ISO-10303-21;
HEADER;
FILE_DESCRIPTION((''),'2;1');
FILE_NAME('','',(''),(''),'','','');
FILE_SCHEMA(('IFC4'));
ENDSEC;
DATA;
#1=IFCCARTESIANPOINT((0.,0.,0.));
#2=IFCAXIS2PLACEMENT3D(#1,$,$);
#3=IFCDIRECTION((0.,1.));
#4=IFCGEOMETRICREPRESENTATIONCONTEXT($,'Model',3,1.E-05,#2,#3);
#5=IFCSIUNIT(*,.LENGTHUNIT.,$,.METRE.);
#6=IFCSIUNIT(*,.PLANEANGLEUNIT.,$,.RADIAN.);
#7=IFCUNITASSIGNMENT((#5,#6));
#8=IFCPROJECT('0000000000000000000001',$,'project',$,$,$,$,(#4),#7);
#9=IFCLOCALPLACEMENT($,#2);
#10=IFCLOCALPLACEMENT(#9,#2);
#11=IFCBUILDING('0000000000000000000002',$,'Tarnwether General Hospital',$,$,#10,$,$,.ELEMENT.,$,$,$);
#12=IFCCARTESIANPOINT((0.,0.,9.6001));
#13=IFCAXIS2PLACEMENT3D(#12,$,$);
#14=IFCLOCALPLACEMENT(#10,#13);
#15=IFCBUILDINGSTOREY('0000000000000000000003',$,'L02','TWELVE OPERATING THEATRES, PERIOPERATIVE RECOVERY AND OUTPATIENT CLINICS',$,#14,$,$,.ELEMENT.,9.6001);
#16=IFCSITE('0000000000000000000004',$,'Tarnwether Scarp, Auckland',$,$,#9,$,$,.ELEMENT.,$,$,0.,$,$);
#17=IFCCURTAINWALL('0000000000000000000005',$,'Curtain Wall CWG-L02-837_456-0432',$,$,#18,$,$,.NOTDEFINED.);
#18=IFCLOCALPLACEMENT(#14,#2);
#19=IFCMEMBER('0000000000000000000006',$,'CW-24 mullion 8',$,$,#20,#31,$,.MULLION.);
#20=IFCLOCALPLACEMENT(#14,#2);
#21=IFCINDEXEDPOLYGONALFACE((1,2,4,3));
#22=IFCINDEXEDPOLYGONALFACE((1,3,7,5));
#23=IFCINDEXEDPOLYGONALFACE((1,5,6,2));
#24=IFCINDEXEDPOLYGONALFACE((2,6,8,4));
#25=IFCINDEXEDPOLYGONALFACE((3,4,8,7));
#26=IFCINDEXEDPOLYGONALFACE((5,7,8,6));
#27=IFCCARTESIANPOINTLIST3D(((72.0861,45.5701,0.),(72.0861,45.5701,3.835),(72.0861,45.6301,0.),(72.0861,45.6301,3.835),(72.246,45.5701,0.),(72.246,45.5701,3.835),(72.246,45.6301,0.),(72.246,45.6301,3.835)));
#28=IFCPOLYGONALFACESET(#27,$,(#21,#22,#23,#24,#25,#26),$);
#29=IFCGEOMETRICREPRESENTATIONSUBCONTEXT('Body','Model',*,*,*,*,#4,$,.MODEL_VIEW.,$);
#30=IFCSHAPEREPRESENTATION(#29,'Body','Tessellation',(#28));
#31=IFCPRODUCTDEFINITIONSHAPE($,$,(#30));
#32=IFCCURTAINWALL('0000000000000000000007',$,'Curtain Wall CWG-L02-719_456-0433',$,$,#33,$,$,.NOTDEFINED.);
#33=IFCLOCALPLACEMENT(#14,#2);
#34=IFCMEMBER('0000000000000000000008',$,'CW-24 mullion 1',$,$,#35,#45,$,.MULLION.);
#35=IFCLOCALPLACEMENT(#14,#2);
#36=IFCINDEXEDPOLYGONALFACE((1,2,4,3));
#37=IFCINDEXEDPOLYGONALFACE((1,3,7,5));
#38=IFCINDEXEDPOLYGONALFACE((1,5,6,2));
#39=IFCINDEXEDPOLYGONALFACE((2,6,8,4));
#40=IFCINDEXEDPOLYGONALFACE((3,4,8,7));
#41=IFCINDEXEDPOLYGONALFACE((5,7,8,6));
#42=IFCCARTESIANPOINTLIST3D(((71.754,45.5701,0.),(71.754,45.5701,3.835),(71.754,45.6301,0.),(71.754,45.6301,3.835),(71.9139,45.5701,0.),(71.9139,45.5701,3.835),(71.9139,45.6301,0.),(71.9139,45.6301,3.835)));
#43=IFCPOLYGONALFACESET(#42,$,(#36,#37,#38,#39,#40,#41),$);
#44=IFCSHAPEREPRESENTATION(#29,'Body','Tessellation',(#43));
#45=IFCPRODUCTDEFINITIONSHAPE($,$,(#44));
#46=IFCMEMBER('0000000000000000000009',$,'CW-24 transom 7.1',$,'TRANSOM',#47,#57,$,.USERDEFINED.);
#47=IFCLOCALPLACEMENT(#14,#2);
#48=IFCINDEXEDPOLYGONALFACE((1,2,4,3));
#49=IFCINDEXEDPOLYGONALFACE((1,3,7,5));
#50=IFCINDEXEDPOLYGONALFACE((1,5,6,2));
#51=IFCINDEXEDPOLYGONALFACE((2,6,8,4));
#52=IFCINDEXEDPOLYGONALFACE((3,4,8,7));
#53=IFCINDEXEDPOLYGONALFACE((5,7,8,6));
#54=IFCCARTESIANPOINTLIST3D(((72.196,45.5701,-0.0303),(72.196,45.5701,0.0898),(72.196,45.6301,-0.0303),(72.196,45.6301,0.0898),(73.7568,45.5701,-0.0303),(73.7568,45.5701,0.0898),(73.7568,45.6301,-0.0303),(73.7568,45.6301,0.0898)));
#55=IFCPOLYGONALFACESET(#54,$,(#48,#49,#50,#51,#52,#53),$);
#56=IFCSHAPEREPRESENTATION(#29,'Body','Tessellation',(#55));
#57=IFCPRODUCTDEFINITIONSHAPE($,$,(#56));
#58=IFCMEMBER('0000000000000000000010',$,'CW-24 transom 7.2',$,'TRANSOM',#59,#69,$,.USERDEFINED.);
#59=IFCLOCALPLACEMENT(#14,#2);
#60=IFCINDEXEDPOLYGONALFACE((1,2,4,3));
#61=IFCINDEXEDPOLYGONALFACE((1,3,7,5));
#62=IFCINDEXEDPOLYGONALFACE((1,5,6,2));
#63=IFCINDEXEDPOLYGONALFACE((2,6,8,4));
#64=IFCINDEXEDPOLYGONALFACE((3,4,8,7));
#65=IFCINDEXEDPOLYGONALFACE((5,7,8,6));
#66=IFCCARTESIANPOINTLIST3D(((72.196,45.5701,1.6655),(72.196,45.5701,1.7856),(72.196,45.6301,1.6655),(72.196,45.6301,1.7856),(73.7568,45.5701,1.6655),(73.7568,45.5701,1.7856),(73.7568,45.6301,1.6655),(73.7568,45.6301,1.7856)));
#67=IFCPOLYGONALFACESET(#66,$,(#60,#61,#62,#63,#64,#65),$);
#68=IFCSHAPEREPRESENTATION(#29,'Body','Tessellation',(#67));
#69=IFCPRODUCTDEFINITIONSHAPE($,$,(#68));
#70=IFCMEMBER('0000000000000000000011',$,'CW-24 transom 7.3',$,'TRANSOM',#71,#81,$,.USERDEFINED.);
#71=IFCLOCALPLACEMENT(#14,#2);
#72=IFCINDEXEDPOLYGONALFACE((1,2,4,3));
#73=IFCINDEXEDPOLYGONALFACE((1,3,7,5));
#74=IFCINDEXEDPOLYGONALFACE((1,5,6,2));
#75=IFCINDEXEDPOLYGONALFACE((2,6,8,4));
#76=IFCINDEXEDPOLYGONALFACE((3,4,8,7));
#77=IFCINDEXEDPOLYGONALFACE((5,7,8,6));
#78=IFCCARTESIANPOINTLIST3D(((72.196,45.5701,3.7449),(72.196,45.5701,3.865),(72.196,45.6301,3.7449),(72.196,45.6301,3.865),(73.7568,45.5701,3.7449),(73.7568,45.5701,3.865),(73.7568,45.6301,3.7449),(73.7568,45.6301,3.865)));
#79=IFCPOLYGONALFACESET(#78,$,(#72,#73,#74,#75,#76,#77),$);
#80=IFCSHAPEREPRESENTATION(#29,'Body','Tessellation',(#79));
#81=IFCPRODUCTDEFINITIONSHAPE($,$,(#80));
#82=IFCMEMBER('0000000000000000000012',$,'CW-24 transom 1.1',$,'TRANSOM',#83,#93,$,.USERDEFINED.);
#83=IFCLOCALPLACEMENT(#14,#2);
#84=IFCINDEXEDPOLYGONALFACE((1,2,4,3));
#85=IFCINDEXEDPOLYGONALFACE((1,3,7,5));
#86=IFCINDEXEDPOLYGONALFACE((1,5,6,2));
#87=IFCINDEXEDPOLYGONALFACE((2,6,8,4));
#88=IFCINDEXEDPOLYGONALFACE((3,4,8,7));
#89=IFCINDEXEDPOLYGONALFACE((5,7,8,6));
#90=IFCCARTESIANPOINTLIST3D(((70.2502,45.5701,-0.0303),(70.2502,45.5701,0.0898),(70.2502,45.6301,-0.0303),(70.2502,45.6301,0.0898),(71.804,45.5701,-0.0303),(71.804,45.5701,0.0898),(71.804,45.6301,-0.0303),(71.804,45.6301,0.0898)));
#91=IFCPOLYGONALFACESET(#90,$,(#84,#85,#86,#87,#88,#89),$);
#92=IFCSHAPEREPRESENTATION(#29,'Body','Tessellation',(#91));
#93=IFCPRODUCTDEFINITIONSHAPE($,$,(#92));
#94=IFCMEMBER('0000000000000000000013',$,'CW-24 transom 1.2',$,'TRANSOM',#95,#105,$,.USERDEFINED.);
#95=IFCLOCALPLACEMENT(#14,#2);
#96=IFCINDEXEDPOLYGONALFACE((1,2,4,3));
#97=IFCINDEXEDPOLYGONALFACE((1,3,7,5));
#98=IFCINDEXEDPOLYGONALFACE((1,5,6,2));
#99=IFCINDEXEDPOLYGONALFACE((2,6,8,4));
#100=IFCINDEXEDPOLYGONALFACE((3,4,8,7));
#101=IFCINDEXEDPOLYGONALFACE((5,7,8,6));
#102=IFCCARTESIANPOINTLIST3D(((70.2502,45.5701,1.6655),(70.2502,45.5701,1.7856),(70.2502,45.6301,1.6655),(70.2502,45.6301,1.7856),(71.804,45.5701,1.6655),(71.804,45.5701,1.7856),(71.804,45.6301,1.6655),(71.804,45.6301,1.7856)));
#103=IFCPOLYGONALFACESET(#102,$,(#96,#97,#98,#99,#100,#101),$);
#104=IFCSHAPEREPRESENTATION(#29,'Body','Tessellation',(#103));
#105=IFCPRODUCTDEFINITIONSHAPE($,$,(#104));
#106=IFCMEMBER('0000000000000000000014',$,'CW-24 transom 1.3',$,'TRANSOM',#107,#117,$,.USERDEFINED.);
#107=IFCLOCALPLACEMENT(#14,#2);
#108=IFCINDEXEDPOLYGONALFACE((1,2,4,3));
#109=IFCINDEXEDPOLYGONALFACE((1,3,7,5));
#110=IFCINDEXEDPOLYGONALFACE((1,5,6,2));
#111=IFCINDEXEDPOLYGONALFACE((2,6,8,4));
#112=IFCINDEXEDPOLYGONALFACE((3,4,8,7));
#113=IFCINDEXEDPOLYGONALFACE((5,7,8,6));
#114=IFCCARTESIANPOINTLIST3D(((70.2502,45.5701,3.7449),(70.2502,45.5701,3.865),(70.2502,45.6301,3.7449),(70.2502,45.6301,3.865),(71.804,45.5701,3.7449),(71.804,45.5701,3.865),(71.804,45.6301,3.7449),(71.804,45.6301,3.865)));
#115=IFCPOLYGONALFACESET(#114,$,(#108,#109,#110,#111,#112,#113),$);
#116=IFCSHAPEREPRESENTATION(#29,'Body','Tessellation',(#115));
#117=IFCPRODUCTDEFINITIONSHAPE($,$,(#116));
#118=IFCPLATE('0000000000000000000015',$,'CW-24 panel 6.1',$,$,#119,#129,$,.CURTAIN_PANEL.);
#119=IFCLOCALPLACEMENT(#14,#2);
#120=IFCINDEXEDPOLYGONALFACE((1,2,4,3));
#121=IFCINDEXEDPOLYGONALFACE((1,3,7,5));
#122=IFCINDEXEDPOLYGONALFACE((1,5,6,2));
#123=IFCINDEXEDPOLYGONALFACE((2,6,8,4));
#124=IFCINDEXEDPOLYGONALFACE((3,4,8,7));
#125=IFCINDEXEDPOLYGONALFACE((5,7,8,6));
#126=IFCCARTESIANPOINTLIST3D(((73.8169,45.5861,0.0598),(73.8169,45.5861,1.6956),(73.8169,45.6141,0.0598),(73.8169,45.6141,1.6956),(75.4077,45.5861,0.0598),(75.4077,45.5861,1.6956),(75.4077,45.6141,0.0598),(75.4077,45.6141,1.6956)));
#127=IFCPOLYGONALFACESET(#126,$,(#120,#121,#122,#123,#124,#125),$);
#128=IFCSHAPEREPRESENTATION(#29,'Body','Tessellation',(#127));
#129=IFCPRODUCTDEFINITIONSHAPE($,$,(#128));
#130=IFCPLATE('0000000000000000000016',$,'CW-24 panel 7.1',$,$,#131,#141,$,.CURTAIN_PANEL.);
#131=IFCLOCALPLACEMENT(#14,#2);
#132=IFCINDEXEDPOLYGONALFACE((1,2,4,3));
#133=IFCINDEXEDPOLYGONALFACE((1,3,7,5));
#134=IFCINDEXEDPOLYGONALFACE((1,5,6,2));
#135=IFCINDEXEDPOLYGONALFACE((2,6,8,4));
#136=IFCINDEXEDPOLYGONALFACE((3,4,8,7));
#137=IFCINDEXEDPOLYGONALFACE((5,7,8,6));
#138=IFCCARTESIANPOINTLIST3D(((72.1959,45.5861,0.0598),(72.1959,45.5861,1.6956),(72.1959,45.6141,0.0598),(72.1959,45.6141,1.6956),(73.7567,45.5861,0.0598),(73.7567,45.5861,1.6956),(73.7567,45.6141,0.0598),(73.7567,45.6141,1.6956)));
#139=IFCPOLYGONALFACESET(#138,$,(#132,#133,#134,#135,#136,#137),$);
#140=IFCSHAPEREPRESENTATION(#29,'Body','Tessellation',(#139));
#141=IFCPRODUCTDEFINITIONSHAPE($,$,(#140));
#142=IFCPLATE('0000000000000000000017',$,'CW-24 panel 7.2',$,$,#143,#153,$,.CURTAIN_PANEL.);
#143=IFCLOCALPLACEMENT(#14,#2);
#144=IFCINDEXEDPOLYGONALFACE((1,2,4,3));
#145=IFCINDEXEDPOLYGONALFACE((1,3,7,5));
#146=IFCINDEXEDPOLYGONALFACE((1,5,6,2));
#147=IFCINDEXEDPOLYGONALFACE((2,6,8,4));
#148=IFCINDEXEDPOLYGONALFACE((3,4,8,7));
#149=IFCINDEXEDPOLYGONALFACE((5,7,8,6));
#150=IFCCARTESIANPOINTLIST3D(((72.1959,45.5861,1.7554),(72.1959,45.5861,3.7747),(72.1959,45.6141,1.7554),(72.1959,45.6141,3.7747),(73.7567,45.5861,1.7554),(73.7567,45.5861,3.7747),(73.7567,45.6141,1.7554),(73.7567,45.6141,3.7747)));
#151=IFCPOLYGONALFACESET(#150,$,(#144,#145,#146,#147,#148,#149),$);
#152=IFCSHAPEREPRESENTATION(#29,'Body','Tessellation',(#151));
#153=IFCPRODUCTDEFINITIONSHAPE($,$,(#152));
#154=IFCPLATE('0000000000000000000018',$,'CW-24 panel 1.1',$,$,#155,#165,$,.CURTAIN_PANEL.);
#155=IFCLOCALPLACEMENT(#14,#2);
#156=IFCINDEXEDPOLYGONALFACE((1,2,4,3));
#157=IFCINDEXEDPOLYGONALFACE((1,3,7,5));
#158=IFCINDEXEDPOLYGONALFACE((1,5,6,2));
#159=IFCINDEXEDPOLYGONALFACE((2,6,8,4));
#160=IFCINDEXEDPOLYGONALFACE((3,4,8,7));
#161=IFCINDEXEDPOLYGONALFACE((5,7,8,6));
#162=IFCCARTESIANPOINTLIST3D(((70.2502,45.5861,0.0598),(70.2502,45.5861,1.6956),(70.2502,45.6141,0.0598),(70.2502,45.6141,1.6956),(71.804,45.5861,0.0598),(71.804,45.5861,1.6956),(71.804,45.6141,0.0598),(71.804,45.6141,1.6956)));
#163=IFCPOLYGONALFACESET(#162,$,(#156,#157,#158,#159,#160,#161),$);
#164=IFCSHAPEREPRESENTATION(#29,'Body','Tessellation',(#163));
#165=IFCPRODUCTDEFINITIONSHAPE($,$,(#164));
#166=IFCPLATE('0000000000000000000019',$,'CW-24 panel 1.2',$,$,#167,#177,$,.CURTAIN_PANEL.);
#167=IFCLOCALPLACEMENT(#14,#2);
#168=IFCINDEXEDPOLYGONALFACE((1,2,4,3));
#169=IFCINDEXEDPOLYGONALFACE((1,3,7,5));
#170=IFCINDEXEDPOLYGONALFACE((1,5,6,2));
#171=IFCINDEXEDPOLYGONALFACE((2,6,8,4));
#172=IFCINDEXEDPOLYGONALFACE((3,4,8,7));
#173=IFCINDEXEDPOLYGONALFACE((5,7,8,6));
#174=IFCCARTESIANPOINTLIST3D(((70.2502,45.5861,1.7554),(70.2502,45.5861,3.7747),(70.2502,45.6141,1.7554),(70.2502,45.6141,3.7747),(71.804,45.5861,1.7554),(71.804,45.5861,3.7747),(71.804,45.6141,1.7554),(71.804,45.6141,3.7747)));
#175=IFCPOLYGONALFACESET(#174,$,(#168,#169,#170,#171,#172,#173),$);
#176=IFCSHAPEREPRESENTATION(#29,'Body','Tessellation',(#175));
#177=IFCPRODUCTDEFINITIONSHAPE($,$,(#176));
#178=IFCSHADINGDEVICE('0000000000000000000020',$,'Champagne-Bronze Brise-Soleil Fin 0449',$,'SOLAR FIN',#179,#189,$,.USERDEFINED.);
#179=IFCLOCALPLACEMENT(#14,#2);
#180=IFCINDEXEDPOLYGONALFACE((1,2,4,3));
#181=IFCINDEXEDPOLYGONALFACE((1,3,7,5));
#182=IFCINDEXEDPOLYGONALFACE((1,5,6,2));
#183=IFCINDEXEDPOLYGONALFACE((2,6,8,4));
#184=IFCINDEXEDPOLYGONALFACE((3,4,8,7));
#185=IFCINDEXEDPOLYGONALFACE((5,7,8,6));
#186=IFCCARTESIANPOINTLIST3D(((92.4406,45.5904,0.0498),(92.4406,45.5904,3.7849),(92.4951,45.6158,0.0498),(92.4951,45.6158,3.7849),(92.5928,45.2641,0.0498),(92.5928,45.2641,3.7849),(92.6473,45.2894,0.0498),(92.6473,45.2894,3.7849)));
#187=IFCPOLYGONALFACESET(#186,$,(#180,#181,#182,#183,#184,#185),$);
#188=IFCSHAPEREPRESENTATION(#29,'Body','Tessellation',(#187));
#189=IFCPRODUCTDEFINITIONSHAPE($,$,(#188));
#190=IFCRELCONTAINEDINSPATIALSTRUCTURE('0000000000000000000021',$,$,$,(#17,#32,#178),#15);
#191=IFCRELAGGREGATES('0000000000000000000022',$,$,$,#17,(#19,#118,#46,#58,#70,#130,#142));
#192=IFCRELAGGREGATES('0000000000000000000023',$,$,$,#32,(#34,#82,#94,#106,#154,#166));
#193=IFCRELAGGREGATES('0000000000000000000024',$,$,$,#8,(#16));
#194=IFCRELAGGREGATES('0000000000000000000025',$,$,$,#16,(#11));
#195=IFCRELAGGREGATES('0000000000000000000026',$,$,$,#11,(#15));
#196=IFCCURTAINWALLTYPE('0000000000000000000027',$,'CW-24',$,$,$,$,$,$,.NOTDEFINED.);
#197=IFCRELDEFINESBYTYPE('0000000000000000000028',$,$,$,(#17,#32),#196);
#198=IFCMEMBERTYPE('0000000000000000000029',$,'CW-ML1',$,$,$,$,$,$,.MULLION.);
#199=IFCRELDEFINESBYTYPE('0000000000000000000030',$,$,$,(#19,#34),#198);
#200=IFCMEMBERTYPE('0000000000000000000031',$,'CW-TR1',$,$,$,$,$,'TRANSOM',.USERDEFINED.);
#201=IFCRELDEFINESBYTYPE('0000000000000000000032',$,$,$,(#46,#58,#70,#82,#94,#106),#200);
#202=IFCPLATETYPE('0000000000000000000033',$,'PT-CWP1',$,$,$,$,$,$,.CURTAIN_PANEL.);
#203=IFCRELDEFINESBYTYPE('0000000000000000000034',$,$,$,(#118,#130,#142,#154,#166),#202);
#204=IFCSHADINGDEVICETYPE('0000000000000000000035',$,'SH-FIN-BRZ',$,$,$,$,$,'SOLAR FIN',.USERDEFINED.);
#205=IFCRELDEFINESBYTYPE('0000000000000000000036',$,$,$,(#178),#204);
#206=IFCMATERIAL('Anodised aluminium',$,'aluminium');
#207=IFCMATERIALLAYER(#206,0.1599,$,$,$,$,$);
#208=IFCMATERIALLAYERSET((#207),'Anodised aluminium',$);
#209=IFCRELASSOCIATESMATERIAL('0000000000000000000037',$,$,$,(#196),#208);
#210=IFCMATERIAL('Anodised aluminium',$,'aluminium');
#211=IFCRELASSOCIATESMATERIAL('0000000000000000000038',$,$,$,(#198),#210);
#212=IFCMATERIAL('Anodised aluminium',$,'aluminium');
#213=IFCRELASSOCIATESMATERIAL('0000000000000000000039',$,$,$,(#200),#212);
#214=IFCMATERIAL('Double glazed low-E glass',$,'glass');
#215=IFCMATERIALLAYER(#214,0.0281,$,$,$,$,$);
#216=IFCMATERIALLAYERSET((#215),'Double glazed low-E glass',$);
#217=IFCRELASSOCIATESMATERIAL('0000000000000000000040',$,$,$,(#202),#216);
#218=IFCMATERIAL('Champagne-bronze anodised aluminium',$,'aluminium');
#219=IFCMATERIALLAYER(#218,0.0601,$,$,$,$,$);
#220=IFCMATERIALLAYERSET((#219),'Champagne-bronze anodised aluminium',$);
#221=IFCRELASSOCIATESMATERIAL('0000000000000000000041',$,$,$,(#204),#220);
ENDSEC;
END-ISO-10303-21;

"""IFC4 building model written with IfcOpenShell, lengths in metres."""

from ifc_helpers import new_model, si_unit, direction, frame, origin, origin_2d, place, context, subcontext, project, spatial, rectangle, extrude, material, layer, layer_set, material_profile, profile_set, type_object, element, aggregate, save


model = new_model("IFC4")

# Units and contexts
model_context = context("Model", 3, precision=1e-05, world=origin(), true_north=direction((0.0, 1.0)))
body_context = subcontext(model_context, "Body", "Model", "MODEL_VIEW")
ifc_project = project(units=[si_unit("LENGTHUNIT", "METRE"), si_unit("PLANEANGLEUNIT", "RADIAN")], contexts=[model_context])

# Site, building, storey
site_placement = place(None, origin())
site = spatial("IfcSite", under=ifc_project, at=site_placement, Name="Tarnwether Scarp, Auckland", CompositionType="ELEMENT", RefElevation=0.0)
building_placement = place(site_placement, origin())
building = spatial("IfcBuilding", under=site, at=building_placement, Name="Tarnwether General Hospital", CompositionType="ELEMENT")
storey_placement = place(building_placement, frame((0.0, 0.0, 9.6001)))
storey = spatial("IfcBuildingStorey", under=building, at=storey_placement, Name="L02", Description="TWELVE OPERATING THEATRES, PERIOPERATIVE RECOVERY AND OUTPATIENT CLINICS", CompositionType="ELEMENT", Elevation=9.6001)

# Curtain wall, member
ifc_material_1 = material(Name="Anodised aluminium", Category="aluminium")
ifc_layer_1 = layer(ifc_material_1, 0.1599)
ifc_layer_set_1 = layer_set([ifc_layer_1], Name="Anodised aluminium")
curtain_wall_type = type_object("IfcCurtainWallType", Name="CW-24", PredefinedType="NOTDEFINED", material=ifc_layer_set_1)
curtain_wall_1_placement = place(storey_placement, origin())
curtain_wall_1 = element("IfcCurtainWall", 1, at=curtain_wall_1_placement, inside=storey, type_object=curtain_wall_type, Name="Curtain Wall CWG-L02-837_456-0432", PredefinedType="NOTDEFINED")
ifc_material_2 = material(Name="Anodised aluminium", Category="aluminium")
ifc_material_profile_1 = material_profile(ifc_material_2, rectangle(XDim=0.0601, YDim=0.1599, at=origin_2d()), Name="ALU-MUL-60x160")
ifc_profile_set_1 = profile_set([ifc_material_profile_1], Name="Anodised aluminium")
member_type_1 = type_object("IfcMemberType", Name="CW-ML1", PredefinedType="MULLION", material=ifc_profile_set_1)
member_1_placement = place(storey_placement, frame((72.166, 45.6001, 0.0), z_axis=(0.0, 0.0, 1.0), x_axis=(0.0, -1.0, 0.0)))
member_1 = element("IfcMember", 2, at=member_1_placement, type_object=member_type_1, Name="CW-24 mullion 8", PredefinedType="MULLION", context=body_context, shape_type="SweptSolid", body=[
    extrude(rectangle(XDim=0.0601, YDim=0.1599, at=origin_2d()), origin(), (0.0, 0.0, 1.0), 3.835),
])

# Curtain wall, member
curtain_wall_2_placement = place(storey_placement, origin())
curtain_wall_2 = element("IfcCurtainWall", 3, at=curtain_wall_2_placement, inside=storey, type_object=curtain_wall_type, Name="Curtain Wall CWG-L02-719_456-0433", PredefinedType="NOTDEFINED")
member_2_placement = place(storey_placement, frame((71.834, 45.6001, 0.0), z_axis=(0.0, 0.0, 1.0), x_axis=(0.0, -1.0, 0.0)))
member_2 = element("IfcMember", 4, at=member_2_placement, type_object=member_type_1, Name="CW-24 mullion 1", PredefinedType="MULLION", context=body_context, shape_type="SweptSolid", body=[
    extrude(rectangle(XDim=0.0601, YDim=0.1599, at=origin_2d()), origin(), (0.0, 0.0, 1.0), 3.835),
])

# Members
ifc_material_3 = material(Name="Anodised aluminium", Category="aluminium")
ifc_material_profile_2 = material_profile(ifc_material_3, rectangle(XDim=0.0601, YDim=0.1201, at=origin_2d()), Name="ALU-TRN-60x120")
ifc_profile_set_2 = profile_set([ifc_material_profile_2], Name="Anodised aluminium")
member_type_2 = type_object("IfcMemberType", Name="CW-TR1", ElementType="TRANSOM", PredefinedType="USERDEFINED", material=ifc_profile_set_2)
member_3_placement = place(storey_placement, frame((73.7568, 45.6001, 0.0298), z_axis=(-1.0, 0.0, 0.0), x_axis=(0.0, -1.0, 0.0)))
member_3 = element("IfcMember", 5, at=member_3_placement, type_object=member_type_2, Name="CW-24 transom 7.1", ObjectType="TRANSOM", PredefinedType="USERDEFINED", context=body_context, shape_type="SweptSolid", body=[
    extrude(rectangle(XDim=0.0601, YDim=0.1201, at=origin_2d()), origin(), (0.0, 0.0, 1.0), 1.5608),
])
member_4_placement = place(storey_placement, frame((73.7568, 45.6001, 1.7256), z_axis=(-1.0, 0.0, 0.0), x_axis=(0.0, -1.0, 0.0)))
member_4 = element("IfcMember", 6, at=member_4_placement, type_object=member_type_2, Name="CW-24 transom 7.2", ObjectType="TRANSOM", PredefinedType="USERDEFINED", context=body_context, shape_type="SweptSolid", body=[
    extrude(rectangle(XDim=0.0601, YDim=0.1201, at=origin_2d()), origin(), (0.0, 0.0, 1.0), 1.5608),
])
member_5_placement = place(storey_placement, frame((73.7568, 45.6001, 3.8049), z_axis=(-1.0, 0.0, 0.0), x_axis=(0.0, -1.0, 0.0)))
member_5 = element("IfcMember", 7, at=member_5_placement, type_object=member_type_2, Name="CW-24 transom 7.3", ObjectType="TRANSOM", PredefinedType="USERDEFINED", context=body_context, shape_type="SweptSolid", body=[
    extrude(rectangle(XDim=0.0601, YDim=0.1201, at=origin_2d()), origin(), (0.0, 0.0, 1.0), 1.5608),
])
member_6_placement = place(storey_placement, frame((71.804, 45.6001, 0.0298), z_axis=(-1.0, 0.0, 0.0), x_axis=(0.0, -1.0, 0.0)))
member_6 = element("IfcMember", 8, at=member_6_placement, type_object=member_type_2, Name="CW-24 transom 1.1", ObjectType="TRANSOM", PredefinedType="USERDEFINED", context=body_context, shape_type="SweptSolid", body=[
    extrude(rectangle(XDim=0.0601, YDim=0.1201, at=origin_2d()), origin(), (0.0, 0.0, 1.0), 1.5537),
])
member_7_placement = place(storey_placement, frame((71.804, 45.6001, 1.7256), z_axis=(-1.0, 0.0, 0.0), x_axis=(0.0, -1.0, 0.0)))
member_7 = element("IfcMember", 9, at=member_7_placement, type_object=member_type_2, Name="CW-24 transom 1.2", ObjectType="TRANSOM", PredefinedType="USERDEFINED", context=body_context, shape_type="SweptSolid", body=[
    extrude(rectangle(XDim=0.0601, YDim=0.1201, at=origin_2d()), origin(), (0.0, 0.0, 1.0), 1.5537),
])
member_8_placement = place(storey_placement, frame((71.804, 45.6001, 3.8049), z_axis=(-1.0, 0.0, 0.0), x_axis=(0.0, -1.0, 0.0)))
member_8 = element("IfcMember", 10, at=member_8_placement, type_object=member_type_2, Name="CW-24 transom 1.3", ObjectType="TRANSOM", PredefinedType="USERDEFINED", context=body_context, shape_type="SweptSolid", body=[
    extrude(rectangle(XDim=0.0601, YDim=0.1201, at=origin_2d()), origin(), (0.0, 0.0, 1.0), 1.5537),
])

# Plates
ifc_material_4 = material(Name="Double glazed low-E glass", Category="glass")
ifc_layer_2 = layer(ifc_material_4, 0.0281)
ifc_layer_set_2 = layer_set([ifc_layer_2], Name="Double glazed low-E glass")
plate_type = type_object("IfcPlateType", Name="PT-CWP1", PredefinedType="CURTAIN_PANEL", material=ifc_layer_set_2)
plate_1_placement = place(storey_placement, frame((74.6123, 45.6001, 0.0598), z_axis=(0.0, 0.0, 1.0), x_axis=(-1.0, 0.0, 0.0)))
plate_1 = element("IfcPlate", 11, at=plate_1_placement, type_object=plate_type, Name="CW-24 panel 6.1", PredefinedType="CURTAIN_PANEL", context=body_context, shape_type="SweptSolid", body=[
    extrude(rectangle(XDim=1.5908, YDim=0.0281, at=origin_2d()), origin(), (0.0, 0.0, 1.0), 1.6357),
])
plate_2_placement = place(storey_placement, frame((72.9763, 45.6001, 0.0598), z_axis=(0.0, 0.0, 1.0), x_axis=(-1.0, 0.0, 0.0)))
plate_2 = element("IfcPlate", 12, at=plate_2_placement, type_object=plate_type, Name="CW-24 panel 7.1", PredefinedType="CURTAIN_PANEL", context=body_context, shape_type="SweptSolid", body=[
    extrude(rectangle(XDim=1.5608, YDim=0.0281, at=origin_2d()), origin(), (0.0, 0.0, 1.0), 1.6357),
])
plate_3_placement = place(storey_placement, frame((72.9763, 45.6001, 1.7554), z_axis=(0.0, 0.0, 1.0), x_axis=(-1.0, 0.0, 0.0)))
plate_3 = element("IfcPlate", 13, at=plate_3_placement, type_object=plate_type, Name="CW-24 panel 7.2", PredefinedType="CURTAIN_PANEL", context=body_context, shape_type="SweptSolid", body=[
    extrude(rectangle(XDim=1.5608, YDim=0.0281, at=origin_2d()), origin(), (0.0, 0.0, 1.0), 2.0193),
])
aggregate(curtain_wall_1, [member_1, plate_1, member_3, member_4, member_5, plate_2, plate_3])
plate_4_placement = place(storey_placement, frame((71.0271, 45.6001, 0.0598), z_axis=(0.0, 0.0, 1.0), x_axis=(-1.0, 0.0, 0.0)))
plate_4 = element("IfcPlate", 14, at=plate_4_placement, type_object=plate_type, Name="CW-24 panel 1.1", PredefinedType="CURTAIN_PANEL", context=body_context, shape_type="SweptSolid", body=[
    extrude(rectangle(XDim=1.5537, YDim=0.0281, at=origin_2d()), origin(), (0.0, 0.0, 1.0), 1.6357),
])
plate_5_placement = place(storey_placement, frame((71.0271, 45.6001, 1.7554), z_axis=(0.0, 0.0, 1.0), x_axis=(-1.0, 0.0, 0.0)))
plate_5 = element("IfcPlate", 15, at=plate_5_placement, type_object=plate_type, Name="CW-24 panel 1.2", PredefinedType="CURTAIN_PANEL", context=body_context, shape_type="SweptSolid", body=[
    extrude(rectangle(XDim=1.5537, YDim=0.0281, at=origin_2d()), origin(), (0.0, 0.0, 1.0), 2.0193),
])
aggregate(curtain_wall_2, [member_2, member_6, member_7, member_8, plate_4, plate_5])

# Shading device
ifc_material_5 = material(Name="Champagne-bronze anodised aluminium", Category="aluminium")
ifc_layer_3 = layer(ifc_material_5, 0.0601)
ifc_layer_set_3 = layer_set([ifc_layer_3], Name="Champagne-bronze anodised aluminium")
shading_device_type = type_object("IfcShadingDeviceType", Name="SH-FIN-BRZ", ElementType="SOLAR FIN", PredefinedType="USERDEFINED", material=ifc_layer_set_3)
for number, where, z_axis, x_axis, name in (
    (16, (92.5439, 45.4399, 0.0498), (0.0, 0.0, 1.0), (-0.906308, -0.422618, 0.0), "Champagne-Bronze Brise-Soleil Fin 0449"),
):
    element("IfcShadingDevice", number, at=place(storey_placement, frame(where, z_axis=z_axis, x_axis=x_axis)), inside=storey, type_object=shading_device_type, Name=name, ObjectType="SOLAR FIN", PredefinedType="USERDEFINED", context=body_context, shape_type="SweptSolid", body=[
        extrude(rectangle(XDim=0.0601, YDim=0.3601, at=origin_2d()), origin(), (0.0, 0.0, 1.0), 3.7351),
    ])

save(model, "model.ifc")
